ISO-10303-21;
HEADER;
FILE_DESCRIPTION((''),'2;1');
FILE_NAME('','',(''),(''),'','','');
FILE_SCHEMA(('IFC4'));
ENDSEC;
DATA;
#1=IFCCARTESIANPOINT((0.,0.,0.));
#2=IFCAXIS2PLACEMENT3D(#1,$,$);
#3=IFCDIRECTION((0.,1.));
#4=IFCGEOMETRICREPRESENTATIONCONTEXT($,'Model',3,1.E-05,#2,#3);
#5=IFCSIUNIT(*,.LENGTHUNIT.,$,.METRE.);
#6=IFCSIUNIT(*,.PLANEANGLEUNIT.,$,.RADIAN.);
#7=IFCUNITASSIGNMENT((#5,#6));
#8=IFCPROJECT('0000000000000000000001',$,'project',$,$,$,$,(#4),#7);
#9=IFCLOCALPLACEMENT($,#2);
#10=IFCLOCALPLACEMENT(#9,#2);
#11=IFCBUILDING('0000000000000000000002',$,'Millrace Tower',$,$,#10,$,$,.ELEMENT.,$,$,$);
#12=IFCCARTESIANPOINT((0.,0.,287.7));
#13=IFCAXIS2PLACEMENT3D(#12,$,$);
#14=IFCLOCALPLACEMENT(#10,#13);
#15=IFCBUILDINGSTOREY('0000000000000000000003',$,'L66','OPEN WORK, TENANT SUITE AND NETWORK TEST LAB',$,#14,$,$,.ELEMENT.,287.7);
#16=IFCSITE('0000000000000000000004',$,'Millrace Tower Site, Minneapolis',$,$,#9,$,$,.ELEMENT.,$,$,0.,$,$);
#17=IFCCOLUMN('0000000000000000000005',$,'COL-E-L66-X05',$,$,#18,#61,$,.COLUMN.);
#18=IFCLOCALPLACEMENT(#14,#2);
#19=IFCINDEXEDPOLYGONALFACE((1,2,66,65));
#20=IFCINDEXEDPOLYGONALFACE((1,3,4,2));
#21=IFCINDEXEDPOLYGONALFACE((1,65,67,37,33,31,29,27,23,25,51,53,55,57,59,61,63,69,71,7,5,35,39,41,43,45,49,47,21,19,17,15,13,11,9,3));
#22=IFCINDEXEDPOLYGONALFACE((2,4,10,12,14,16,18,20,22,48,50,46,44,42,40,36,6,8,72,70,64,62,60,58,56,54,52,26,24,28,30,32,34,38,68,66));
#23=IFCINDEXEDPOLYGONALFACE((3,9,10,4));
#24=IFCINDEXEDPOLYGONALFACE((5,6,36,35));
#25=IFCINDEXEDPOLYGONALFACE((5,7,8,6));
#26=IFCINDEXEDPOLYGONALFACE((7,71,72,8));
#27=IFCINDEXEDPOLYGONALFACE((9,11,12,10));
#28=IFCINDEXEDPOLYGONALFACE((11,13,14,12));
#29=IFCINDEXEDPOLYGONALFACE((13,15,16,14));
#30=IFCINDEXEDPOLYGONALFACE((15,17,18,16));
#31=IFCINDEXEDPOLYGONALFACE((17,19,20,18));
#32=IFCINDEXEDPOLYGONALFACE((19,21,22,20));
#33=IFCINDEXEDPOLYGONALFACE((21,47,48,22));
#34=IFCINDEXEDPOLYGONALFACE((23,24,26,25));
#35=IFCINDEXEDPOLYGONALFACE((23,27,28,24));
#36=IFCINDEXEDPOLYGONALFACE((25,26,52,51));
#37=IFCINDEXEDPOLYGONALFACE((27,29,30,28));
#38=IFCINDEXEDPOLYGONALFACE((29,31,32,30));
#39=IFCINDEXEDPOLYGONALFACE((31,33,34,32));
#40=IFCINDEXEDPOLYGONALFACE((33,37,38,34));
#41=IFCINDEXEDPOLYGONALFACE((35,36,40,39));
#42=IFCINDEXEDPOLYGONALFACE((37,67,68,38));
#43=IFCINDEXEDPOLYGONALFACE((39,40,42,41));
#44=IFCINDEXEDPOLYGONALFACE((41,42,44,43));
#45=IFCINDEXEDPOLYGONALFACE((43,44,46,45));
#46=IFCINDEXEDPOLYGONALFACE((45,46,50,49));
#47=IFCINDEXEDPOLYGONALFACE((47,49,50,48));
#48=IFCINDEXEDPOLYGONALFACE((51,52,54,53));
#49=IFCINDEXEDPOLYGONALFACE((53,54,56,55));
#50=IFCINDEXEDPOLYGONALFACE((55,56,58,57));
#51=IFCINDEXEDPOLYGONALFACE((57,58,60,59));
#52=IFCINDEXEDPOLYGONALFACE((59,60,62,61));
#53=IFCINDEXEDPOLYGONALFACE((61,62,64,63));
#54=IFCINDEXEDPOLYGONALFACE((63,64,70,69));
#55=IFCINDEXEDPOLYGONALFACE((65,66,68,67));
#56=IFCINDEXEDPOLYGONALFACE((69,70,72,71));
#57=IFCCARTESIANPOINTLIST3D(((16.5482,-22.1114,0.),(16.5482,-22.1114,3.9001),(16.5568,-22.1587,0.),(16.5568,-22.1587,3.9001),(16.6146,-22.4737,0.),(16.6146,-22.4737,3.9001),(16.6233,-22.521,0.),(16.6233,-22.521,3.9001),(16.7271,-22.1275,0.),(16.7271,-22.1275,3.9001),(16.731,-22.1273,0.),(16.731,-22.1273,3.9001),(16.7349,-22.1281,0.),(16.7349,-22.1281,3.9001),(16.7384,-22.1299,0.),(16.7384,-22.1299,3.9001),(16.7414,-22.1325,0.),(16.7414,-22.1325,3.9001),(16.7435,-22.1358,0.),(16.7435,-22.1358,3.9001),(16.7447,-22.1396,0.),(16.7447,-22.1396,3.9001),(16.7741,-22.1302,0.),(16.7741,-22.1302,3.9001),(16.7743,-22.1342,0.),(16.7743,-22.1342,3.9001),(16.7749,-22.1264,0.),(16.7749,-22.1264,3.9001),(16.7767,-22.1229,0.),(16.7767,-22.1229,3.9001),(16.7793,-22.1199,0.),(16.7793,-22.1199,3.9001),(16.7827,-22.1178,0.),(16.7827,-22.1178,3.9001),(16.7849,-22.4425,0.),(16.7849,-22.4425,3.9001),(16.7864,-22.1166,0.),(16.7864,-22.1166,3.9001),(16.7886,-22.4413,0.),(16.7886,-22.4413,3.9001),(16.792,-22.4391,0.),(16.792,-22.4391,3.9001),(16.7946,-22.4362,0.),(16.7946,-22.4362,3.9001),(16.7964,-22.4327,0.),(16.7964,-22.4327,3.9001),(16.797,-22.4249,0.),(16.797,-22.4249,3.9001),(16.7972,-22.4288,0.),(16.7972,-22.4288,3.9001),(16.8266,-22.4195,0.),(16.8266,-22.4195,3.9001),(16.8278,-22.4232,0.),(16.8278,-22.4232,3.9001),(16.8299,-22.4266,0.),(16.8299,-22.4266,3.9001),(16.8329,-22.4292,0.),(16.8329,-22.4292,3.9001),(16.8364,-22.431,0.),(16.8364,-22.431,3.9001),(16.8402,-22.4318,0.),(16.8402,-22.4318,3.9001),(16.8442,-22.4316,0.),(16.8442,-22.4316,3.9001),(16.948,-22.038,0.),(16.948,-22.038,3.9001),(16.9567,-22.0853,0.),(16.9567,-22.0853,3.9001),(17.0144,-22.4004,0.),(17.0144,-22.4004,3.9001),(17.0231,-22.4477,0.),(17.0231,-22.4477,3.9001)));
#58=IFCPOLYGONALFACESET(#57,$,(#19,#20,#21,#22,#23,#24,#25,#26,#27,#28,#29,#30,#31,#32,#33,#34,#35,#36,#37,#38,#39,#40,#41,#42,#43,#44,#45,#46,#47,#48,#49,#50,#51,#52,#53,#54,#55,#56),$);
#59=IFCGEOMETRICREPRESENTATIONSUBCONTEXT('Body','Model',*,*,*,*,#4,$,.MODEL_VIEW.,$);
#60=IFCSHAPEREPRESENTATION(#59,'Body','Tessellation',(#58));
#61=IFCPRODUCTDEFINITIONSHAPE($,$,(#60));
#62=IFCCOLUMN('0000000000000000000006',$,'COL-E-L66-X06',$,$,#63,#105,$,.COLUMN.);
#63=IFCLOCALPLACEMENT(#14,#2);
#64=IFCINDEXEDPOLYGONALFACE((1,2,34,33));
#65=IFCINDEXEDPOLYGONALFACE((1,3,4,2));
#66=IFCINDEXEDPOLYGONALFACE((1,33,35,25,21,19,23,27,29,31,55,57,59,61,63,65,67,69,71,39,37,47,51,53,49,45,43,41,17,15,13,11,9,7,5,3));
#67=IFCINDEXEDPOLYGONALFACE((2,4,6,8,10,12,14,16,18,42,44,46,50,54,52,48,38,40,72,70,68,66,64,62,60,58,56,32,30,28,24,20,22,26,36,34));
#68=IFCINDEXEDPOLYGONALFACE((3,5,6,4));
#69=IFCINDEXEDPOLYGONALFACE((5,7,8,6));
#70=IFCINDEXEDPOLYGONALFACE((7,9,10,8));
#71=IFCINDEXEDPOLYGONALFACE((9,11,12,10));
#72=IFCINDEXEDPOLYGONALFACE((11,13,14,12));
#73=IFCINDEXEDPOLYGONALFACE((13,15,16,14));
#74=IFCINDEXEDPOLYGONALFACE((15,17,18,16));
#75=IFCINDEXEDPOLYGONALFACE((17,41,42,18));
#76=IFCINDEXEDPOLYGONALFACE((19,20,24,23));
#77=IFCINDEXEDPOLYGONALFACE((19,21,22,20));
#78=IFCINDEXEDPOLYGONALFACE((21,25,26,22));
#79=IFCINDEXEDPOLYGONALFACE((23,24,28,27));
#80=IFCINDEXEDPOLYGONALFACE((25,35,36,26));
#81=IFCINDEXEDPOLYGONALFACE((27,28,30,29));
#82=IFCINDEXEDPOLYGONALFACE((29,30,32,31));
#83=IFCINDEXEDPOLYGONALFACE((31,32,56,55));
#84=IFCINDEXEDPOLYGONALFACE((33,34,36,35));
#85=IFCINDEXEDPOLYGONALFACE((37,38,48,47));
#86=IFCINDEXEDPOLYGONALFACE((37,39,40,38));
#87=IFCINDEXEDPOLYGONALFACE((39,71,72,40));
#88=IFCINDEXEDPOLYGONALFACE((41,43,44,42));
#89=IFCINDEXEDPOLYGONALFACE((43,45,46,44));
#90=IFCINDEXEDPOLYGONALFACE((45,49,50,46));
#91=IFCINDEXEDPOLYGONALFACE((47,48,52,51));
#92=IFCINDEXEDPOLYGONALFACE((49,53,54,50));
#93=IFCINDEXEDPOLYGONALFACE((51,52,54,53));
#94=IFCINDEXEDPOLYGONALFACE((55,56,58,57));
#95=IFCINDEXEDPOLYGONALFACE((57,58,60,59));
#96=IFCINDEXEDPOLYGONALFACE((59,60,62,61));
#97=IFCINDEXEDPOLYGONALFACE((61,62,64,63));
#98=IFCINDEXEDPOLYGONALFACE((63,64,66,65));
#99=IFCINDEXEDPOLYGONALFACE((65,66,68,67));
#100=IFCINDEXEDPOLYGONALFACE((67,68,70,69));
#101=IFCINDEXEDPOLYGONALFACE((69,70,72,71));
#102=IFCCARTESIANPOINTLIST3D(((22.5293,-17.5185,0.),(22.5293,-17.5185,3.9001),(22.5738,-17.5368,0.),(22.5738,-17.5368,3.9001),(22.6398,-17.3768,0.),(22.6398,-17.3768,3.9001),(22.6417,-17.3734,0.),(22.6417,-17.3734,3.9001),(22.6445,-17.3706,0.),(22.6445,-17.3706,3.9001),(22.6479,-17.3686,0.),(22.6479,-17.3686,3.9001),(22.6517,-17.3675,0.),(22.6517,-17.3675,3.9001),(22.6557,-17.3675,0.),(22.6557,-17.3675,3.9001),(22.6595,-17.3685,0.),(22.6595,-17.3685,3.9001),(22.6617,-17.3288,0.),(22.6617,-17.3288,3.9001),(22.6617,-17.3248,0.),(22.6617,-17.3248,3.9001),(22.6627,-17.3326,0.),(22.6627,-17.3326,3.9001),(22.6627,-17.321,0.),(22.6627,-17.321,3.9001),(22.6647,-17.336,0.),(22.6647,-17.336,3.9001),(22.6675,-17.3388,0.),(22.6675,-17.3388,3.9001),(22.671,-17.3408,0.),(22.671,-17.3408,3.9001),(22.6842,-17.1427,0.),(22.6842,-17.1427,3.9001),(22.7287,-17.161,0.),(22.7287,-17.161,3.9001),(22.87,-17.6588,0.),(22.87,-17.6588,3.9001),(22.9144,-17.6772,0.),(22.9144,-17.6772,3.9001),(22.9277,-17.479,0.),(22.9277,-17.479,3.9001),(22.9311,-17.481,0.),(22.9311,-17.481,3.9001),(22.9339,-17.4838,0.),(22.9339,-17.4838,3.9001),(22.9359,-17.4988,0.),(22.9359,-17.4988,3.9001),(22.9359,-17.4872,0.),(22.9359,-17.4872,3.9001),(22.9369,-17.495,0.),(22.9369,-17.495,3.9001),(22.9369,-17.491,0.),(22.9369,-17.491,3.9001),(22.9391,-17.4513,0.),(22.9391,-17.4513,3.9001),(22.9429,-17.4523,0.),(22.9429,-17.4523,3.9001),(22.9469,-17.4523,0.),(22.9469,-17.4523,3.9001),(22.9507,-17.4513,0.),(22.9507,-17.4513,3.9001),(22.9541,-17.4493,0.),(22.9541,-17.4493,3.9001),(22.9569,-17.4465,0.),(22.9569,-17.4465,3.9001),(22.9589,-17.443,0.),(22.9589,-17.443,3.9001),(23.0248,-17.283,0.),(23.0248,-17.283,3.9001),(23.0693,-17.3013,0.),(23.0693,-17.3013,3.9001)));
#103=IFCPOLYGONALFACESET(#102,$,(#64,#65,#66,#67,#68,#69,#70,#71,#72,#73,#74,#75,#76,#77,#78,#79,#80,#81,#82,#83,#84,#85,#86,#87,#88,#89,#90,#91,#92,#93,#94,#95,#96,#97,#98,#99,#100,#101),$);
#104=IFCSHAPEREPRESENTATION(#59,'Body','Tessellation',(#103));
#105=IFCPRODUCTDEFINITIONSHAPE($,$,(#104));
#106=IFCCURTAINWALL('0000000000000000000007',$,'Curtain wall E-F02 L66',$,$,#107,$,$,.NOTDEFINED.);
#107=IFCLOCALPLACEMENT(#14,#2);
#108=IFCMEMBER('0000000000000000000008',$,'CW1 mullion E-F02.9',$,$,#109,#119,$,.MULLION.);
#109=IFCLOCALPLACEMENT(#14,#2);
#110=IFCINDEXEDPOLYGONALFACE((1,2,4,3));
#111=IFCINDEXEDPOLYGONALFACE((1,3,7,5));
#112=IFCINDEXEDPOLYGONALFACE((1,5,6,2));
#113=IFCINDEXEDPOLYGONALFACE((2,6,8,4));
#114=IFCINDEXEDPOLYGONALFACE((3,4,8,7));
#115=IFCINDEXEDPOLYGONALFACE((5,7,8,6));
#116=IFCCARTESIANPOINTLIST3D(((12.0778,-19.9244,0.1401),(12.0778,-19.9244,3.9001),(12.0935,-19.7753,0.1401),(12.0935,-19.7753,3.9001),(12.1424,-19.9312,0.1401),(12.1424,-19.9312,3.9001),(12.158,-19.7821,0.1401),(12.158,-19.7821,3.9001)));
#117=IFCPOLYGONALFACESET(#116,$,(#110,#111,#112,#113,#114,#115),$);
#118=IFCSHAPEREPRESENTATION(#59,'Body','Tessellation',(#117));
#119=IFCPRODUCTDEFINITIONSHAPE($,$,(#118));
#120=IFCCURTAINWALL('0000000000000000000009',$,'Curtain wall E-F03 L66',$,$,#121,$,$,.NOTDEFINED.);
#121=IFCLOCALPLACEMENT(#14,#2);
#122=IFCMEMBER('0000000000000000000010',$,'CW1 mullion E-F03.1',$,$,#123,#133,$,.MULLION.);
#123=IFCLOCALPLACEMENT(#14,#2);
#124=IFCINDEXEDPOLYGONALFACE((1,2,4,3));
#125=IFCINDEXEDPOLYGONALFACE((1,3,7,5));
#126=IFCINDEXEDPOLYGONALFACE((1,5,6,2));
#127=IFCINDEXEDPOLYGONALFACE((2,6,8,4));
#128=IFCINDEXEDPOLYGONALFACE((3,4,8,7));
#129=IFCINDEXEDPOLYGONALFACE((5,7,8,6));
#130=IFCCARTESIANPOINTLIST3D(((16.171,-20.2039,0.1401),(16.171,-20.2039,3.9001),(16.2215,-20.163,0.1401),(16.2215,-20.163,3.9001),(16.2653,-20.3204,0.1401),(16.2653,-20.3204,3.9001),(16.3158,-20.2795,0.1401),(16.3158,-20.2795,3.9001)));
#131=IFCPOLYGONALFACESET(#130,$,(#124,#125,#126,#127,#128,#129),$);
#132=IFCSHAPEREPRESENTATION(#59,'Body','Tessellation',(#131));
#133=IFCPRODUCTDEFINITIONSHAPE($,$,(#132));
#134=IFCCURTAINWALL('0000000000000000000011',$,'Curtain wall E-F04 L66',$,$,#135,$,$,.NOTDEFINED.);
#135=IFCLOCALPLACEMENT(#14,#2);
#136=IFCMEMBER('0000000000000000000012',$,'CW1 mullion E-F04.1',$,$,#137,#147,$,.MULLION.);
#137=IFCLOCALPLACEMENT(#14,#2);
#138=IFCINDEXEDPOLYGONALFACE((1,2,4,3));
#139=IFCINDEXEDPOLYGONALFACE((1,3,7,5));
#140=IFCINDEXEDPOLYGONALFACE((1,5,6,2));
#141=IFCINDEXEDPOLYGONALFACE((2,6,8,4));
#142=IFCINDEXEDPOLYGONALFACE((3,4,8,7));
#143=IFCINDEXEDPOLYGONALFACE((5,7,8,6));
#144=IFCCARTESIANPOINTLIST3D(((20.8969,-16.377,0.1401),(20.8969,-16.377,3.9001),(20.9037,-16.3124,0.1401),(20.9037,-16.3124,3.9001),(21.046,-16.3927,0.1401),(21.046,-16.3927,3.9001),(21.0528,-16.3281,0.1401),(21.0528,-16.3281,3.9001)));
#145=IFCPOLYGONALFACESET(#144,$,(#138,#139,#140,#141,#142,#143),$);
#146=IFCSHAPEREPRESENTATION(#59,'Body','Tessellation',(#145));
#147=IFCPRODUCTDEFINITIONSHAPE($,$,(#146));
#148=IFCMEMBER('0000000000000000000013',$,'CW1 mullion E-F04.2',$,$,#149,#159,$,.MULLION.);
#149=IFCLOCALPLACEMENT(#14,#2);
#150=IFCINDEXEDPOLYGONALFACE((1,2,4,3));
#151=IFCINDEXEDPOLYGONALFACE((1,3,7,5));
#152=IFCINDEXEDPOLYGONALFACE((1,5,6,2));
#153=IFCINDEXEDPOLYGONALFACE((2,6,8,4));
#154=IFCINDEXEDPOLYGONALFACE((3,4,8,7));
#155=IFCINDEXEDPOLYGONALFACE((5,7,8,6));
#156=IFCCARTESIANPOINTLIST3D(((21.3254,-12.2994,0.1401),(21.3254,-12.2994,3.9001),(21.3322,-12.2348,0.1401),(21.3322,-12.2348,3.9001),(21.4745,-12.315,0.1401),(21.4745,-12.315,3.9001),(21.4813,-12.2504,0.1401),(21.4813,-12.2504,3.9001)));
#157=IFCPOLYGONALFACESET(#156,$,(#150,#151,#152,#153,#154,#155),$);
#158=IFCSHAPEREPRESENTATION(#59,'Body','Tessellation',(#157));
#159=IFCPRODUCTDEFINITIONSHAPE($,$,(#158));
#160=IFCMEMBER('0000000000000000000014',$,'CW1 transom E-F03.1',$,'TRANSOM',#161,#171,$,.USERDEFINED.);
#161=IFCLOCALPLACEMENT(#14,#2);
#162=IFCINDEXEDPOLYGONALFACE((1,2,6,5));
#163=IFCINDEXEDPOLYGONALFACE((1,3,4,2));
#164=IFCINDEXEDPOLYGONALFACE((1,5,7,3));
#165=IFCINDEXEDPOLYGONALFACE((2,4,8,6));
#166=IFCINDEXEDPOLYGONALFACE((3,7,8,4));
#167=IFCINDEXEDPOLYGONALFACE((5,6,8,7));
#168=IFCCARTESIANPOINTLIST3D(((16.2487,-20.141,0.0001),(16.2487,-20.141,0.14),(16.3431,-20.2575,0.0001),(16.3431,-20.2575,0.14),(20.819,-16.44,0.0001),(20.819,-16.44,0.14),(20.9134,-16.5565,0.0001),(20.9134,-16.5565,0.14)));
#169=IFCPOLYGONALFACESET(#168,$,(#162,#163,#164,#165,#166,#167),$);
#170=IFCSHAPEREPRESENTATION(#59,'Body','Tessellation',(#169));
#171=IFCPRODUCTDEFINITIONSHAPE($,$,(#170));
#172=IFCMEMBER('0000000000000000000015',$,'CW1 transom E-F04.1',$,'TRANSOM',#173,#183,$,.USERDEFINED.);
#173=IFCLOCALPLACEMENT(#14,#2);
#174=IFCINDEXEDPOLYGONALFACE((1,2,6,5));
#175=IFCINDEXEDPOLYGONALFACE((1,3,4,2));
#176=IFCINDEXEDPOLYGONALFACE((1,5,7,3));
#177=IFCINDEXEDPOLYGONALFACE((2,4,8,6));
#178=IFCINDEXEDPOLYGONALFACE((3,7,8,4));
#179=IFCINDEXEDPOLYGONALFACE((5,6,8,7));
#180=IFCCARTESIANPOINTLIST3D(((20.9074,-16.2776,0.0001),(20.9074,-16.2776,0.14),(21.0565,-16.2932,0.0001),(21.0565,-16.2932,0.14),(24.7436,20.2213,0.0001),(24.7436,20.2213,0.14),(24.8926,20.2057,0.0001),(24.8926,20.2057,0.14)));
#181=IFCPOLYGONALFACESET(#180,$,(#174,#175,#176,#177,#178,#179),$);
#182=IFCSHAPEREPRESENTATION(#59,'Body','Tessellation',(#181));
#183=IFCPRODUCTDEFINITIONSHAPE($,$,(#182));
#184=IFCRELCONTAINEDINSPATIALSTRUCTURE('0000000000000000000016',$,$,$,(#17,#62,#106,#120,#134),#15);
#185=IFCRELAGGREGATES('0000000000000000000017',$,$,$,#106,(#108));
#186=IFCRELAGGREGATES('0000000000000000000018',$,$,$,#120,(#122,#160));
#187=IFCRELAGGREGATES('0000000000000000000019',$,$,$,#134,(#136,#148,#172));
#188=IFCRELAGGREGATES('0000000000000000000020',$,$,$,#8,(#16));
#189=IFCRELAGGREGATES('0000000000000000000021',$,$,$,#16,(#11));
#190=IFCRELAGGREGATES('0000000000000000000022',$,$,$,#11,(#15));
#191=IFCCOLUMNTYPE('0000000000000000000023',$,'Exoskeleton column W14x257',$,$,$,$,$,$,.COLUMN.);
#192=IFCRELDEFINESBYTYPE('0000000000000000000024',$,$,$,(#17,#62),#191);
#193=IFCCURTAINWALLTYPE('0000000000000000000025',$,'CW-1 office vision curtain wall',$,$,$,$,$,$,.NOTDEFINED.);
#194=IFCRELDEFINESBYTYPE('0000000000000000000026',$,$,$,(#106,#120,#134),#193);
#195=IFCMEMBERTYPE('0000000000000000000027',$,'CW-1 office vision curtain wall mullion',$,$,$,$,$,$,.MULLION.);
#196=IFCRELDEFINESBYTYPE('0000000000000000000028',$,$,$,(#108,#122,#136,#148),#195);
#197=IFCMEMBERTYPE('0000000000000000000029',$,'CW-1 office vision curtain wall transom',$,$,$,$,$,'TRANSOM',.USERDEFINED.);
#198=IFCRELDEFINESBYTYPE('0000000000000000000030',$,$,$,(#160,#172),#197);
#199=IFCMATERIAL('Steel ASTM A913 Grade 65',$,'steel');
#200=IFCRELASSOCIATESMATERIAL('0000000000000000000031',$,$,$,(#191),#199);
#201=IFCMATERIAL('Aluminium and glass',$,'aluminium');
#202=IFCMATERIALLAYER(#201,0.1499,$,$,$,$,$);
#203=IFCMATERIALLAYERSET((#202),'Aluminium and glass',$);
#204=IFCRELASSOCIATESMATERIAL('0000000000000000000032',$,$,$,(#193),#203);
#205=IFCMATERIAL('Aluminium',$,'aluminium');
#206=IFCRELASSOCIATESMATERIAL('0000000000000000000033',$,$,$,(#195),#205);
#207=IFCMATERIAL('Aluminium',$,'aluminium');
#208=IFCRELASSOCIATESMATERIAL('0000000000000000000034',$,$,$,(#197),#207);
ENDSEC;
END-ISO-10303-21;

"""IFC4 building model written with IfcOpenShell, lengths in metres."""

from ifc_helpers import new_model, si_unit, direction, frame, origin, origin_2d, place, context, subcontext, project, spatial, rectangle, i_section, extrude, material, layer, layer_set, material_profile, profile_set, type_object, element, aggregate, save


model = new_model("IFC4")

# Units and contexts
model_context = context("Model", 3, precision=1e-05, world=origin(), true_north=direction((0.0, 1.0)))
body_context = subcontext(model_context, "Body", "Model", "MODEL_VIEW")
ifc_project = project(units=[si_unit("LENGTHUNIT", "METRE"), si_unit("PLANEANGLEUNIT", "RADIAN")], contexts=[model_context])

# Site, building, storey
site_placement = place(None, origin())
site = spatial("IfcSite", under=ifc_project, at=site_placement, Name="Millrace Tower Site, Minneapolis", CompositionType="ELEMENT", RefElevation=0.0)
building_placement = place(site_placement, origin())
building = spatial("IfcBuilding", under=site, at=building_placement, Name="Millrace Tower", CompositionType="ELEMENT")
storey_placement = place(building_placement, frame((0.0, 0.0, 287.7)))
storey = spatial("IfcBuildingStorey", under=building, at=storey_placement, Name="L66", Description="OPEN WORK, TENANT SUITE AND NETWORK TEST LAB", CompositionType="ELEMENT", Elevation=287.7)

# Columns
ifc_material_1 = material(Name="Steel ASTM A913 Grade 65", Category="steel")
ifc_material_profile_1 = material_profile(ifc_material_1, i_section(OverallWidth=0.4065, OverallDepth=0.4165, WebThickness=0.03, FlangeThickness=0.0481, FilletRadius=0.0151, at=origin_2d()))
ifc_profile_set_1 = profile_set([ifc_material_profile_1], Name="Steel ASTM A913 Grade 65")
column_type = type_object("IfcColumnType", Name="Exoskeleton column W14x257", PredefinedType="COLUMN", material=ifc_profile_set_1)
for number, where, z_axis, x_axis, name in (
    (1, (16.7856, -22.2795, 0.0), (0.0, 0.0, 1.0), (0.983596, 0.180387, 0.0), "COL-E-L66-X05"),
    (2, (22.7993, -17.4099, 0.0), (0.0, 0.0, 1.0), (0.380947, 0.924597, 0.0), "COL-E-L66-X06"),
):
    element("IfcColumn", number, at=place(storey_placement, frame(where, z_axis=z_axis, x_axis=x_axis)), inside=storey, type_object=column_type, Name=name, PredefinedType="COLUMN", context=body_context, shape_type="SweptSolid", body=[
        extrude(i_section(OverallWidth=0.4065, OverallDepth=0.4165, WebThickness=0.03, FlangeThickness=0.0481, FilletRadius=0.0151, at=origin_2d()), origin(), (0.0, 0.0, 1.0), 3.9001),
    ])

# Curtain walls, members
ifc_material_2 = material(Name="Aluminium and glass", Category="aluminium")
ifc_layer_1 = layer(ifc_material_2, 0.1499)
ifc_layer_set_1 = layer_set([ifc_layer_1], Name="Aluminium and glass")
curtain_wall_type = type_object("IfcCurtainWallType", Name="CW-1 office vision curtain wall", PredefinedType="NOTDEFINED", material=ifc_layer_set_1)
placement = place(storey_placement, origin())
curtain_wall_1 = element("IfcCurtainWall", 3, at=placement, inside=storey, type_object=curtain_wall_type, Name="Curtain wall E-F02 L66", PredefinedType="NOTDEFINED")
ifc_material_3 = material(Name="Aluminium", Category="aluminium")
ifc_material_profile_2 = material_profile(ifc_material_3, rectangle(XDim=0.0649, YDim=0.1499, at=origin_2d()))
ifc_profile_set_2 = profile_set([ifc_material_profile_2], Name="Aluminium")
member_type_1 = type_object("IfcMemberType", Name="CW-1 office vision curtain wall mullion", PredefinedType="MULLION", material=ifc_profile_set_2)
member_1_placement = place(storey_placement, frame((12.1179, -19.8533, 0.1401), z_axis=(0.0, 0.0, 1.0), x_axis=(0.994522, -0.104528, 0.0)))
member_1 = element("IfcMember", 4, at=member_1_placement, type_object=member_type_1, Name="CW1 mullion E-F02.9", PredefinedType="MULLION", context=body_context, shape_type="SweptSolid", body=[
    extrude(rectangle(XDim=0.0649, YDim=0.1499, at=origin_2d()), origin(), (0.0, 0.0, 1.0), 3.76),
])
aggregate(curtain_wall_1, [member_1])
curtain_wall_2 = element("IfcCurtainWall", 5, at=placement, inside=storey, type_object=curtain_wall_type, Name="Curtain wall E-F03 L66", PredefinedType="NOTDEFINED")
member_2_placement = place(storey_placement, frame((16.2434, -20.2417, 0.1401), z_axis=(0.0, 0.0, 1.0), x_axis=(0.777146, 0.62932, 0.0)))
member_2 = element("IfcMember", 6, at=member_2_placement, type_object=member_type_1, Name="CW1 mullion E-F03.1", PredefinedType="MULLION", context=body_context, shape_type="SweptSolid", body=[
    extrude(rectangle(XDim=0.0649, YDim=0.1499, at=origin_2d()), origin(), (0.0, 0.0, 1.0), 3.76),
])

# Curtain wall, members
curtain_wall_3 = element("IfcCurtainWall", 7, at=placement, inside=storey, type_object=curtain_wall_type, Name="Curtain wall E-F04 L66", PredefinedType="NOTDEFINED")
member_3_placement = place(storey_placement, frame((20.9749, -16.3525, 0.1401), z_axis=(0.0, 0.0, 1.0), x_axis=(0.104528, 0.994522, 0.0)))
member_3 = element("IfcMember", 8, at=member_3_placement, type_object=member_type_1, Name="CW1 mullion E-F04.1", PredefinedType="MULLION", context=body_context, shape_type="SweptSolid", body=[
    extrude(rectangle(XDim=0.0649, YDim=0.1499, at=origin_2d()), origin(), (0.0, 0.0, 1.0), 3.76),
])
member_4_placement = place(storey_placement, frame((21.4033, -12.2749, 0.1401), z_axis=(0.0, 0.0, 1.0), x_axis=(0.104528, 0.994522, 0.0)))
member_4 = element("IfcMember", 9, at=member_4_placement, type_object=member_type_1, Name="CW1 mullion E-F04.2", PredefinedType="MULLION", context=body_context, shape_type="SweptSolid", body=[
    extrude(rectangle(XDim=0.0649, YDim=0.1499, at=origin_2d()), origin(), (0.0, 0.0, 1.0), 3.76),
])

# Members
ifc_material_4 = material(Name="Aluminium", Category="aluminium")
ifc_material_profile_3 = material_profile(ifc_material_4, rectangle(XDim=0.1499, YDim=0.1399, at=origin_2d()))
ifc_profile_set_3 = profile_set([ifc_material_profile_3], Name="Aluminium")
member_type_2 = type_object("IfcMemberType", Name="CW-1 office vision curtain wall transom", ElementType="TRANSOM", PredefinedType="USERDEFINED", material=ifc_profile_set_3)
member_5_placement = place(storey_placement, frame((16.2959, -20.1992, 0.0701), z_axis=(0.777149, 0.629316, 0.0), x_axis=(-0.629316, 0.777149, 0.0)))
member_5 = element("IfcMember", 10, at=member_5_placement, type_object=member_type_2, Name="CW1 transom E-F03.1", ObjectType="TRANSOM", PredefinedType="USERDEFINED", context=body_context, shape_type="SweptSolid", body=[
    extrude(rectangle(XDim=0.1499, YDim=0.1399, at=origin_2d()), origin(), (0.0, 0.0, 1.0), 5.8809),
])
aggregate(curtain_wall_2, [member_2, member_5])
member_6_placement = place(storey_placement, frame((20.9819, -16.2854, 0.0701), z_axis=(0.104528, 0.994522, 0.0), x_axis=(-0.994522, 0.104528, 0.0)))
member_6 = element("IfcMember", 11, at=member_6_placement, type_object=member_type_2, Name="CW1 transom E-F04.1", ObjectType="TRANSOM", PredefinedType="USERDEFINED", context=body_context, shape_type="SweptSolid", body=[
    extrude(rectangle(XDim=0.1499, YDim=0.1399, at=origin_2d()), origin(), (0.0, 0.0, 1.0), 36.7),
])
aggregate(curtain_wall_3, [member_3, member_4, member_6])

save(model, "model.ifc")
